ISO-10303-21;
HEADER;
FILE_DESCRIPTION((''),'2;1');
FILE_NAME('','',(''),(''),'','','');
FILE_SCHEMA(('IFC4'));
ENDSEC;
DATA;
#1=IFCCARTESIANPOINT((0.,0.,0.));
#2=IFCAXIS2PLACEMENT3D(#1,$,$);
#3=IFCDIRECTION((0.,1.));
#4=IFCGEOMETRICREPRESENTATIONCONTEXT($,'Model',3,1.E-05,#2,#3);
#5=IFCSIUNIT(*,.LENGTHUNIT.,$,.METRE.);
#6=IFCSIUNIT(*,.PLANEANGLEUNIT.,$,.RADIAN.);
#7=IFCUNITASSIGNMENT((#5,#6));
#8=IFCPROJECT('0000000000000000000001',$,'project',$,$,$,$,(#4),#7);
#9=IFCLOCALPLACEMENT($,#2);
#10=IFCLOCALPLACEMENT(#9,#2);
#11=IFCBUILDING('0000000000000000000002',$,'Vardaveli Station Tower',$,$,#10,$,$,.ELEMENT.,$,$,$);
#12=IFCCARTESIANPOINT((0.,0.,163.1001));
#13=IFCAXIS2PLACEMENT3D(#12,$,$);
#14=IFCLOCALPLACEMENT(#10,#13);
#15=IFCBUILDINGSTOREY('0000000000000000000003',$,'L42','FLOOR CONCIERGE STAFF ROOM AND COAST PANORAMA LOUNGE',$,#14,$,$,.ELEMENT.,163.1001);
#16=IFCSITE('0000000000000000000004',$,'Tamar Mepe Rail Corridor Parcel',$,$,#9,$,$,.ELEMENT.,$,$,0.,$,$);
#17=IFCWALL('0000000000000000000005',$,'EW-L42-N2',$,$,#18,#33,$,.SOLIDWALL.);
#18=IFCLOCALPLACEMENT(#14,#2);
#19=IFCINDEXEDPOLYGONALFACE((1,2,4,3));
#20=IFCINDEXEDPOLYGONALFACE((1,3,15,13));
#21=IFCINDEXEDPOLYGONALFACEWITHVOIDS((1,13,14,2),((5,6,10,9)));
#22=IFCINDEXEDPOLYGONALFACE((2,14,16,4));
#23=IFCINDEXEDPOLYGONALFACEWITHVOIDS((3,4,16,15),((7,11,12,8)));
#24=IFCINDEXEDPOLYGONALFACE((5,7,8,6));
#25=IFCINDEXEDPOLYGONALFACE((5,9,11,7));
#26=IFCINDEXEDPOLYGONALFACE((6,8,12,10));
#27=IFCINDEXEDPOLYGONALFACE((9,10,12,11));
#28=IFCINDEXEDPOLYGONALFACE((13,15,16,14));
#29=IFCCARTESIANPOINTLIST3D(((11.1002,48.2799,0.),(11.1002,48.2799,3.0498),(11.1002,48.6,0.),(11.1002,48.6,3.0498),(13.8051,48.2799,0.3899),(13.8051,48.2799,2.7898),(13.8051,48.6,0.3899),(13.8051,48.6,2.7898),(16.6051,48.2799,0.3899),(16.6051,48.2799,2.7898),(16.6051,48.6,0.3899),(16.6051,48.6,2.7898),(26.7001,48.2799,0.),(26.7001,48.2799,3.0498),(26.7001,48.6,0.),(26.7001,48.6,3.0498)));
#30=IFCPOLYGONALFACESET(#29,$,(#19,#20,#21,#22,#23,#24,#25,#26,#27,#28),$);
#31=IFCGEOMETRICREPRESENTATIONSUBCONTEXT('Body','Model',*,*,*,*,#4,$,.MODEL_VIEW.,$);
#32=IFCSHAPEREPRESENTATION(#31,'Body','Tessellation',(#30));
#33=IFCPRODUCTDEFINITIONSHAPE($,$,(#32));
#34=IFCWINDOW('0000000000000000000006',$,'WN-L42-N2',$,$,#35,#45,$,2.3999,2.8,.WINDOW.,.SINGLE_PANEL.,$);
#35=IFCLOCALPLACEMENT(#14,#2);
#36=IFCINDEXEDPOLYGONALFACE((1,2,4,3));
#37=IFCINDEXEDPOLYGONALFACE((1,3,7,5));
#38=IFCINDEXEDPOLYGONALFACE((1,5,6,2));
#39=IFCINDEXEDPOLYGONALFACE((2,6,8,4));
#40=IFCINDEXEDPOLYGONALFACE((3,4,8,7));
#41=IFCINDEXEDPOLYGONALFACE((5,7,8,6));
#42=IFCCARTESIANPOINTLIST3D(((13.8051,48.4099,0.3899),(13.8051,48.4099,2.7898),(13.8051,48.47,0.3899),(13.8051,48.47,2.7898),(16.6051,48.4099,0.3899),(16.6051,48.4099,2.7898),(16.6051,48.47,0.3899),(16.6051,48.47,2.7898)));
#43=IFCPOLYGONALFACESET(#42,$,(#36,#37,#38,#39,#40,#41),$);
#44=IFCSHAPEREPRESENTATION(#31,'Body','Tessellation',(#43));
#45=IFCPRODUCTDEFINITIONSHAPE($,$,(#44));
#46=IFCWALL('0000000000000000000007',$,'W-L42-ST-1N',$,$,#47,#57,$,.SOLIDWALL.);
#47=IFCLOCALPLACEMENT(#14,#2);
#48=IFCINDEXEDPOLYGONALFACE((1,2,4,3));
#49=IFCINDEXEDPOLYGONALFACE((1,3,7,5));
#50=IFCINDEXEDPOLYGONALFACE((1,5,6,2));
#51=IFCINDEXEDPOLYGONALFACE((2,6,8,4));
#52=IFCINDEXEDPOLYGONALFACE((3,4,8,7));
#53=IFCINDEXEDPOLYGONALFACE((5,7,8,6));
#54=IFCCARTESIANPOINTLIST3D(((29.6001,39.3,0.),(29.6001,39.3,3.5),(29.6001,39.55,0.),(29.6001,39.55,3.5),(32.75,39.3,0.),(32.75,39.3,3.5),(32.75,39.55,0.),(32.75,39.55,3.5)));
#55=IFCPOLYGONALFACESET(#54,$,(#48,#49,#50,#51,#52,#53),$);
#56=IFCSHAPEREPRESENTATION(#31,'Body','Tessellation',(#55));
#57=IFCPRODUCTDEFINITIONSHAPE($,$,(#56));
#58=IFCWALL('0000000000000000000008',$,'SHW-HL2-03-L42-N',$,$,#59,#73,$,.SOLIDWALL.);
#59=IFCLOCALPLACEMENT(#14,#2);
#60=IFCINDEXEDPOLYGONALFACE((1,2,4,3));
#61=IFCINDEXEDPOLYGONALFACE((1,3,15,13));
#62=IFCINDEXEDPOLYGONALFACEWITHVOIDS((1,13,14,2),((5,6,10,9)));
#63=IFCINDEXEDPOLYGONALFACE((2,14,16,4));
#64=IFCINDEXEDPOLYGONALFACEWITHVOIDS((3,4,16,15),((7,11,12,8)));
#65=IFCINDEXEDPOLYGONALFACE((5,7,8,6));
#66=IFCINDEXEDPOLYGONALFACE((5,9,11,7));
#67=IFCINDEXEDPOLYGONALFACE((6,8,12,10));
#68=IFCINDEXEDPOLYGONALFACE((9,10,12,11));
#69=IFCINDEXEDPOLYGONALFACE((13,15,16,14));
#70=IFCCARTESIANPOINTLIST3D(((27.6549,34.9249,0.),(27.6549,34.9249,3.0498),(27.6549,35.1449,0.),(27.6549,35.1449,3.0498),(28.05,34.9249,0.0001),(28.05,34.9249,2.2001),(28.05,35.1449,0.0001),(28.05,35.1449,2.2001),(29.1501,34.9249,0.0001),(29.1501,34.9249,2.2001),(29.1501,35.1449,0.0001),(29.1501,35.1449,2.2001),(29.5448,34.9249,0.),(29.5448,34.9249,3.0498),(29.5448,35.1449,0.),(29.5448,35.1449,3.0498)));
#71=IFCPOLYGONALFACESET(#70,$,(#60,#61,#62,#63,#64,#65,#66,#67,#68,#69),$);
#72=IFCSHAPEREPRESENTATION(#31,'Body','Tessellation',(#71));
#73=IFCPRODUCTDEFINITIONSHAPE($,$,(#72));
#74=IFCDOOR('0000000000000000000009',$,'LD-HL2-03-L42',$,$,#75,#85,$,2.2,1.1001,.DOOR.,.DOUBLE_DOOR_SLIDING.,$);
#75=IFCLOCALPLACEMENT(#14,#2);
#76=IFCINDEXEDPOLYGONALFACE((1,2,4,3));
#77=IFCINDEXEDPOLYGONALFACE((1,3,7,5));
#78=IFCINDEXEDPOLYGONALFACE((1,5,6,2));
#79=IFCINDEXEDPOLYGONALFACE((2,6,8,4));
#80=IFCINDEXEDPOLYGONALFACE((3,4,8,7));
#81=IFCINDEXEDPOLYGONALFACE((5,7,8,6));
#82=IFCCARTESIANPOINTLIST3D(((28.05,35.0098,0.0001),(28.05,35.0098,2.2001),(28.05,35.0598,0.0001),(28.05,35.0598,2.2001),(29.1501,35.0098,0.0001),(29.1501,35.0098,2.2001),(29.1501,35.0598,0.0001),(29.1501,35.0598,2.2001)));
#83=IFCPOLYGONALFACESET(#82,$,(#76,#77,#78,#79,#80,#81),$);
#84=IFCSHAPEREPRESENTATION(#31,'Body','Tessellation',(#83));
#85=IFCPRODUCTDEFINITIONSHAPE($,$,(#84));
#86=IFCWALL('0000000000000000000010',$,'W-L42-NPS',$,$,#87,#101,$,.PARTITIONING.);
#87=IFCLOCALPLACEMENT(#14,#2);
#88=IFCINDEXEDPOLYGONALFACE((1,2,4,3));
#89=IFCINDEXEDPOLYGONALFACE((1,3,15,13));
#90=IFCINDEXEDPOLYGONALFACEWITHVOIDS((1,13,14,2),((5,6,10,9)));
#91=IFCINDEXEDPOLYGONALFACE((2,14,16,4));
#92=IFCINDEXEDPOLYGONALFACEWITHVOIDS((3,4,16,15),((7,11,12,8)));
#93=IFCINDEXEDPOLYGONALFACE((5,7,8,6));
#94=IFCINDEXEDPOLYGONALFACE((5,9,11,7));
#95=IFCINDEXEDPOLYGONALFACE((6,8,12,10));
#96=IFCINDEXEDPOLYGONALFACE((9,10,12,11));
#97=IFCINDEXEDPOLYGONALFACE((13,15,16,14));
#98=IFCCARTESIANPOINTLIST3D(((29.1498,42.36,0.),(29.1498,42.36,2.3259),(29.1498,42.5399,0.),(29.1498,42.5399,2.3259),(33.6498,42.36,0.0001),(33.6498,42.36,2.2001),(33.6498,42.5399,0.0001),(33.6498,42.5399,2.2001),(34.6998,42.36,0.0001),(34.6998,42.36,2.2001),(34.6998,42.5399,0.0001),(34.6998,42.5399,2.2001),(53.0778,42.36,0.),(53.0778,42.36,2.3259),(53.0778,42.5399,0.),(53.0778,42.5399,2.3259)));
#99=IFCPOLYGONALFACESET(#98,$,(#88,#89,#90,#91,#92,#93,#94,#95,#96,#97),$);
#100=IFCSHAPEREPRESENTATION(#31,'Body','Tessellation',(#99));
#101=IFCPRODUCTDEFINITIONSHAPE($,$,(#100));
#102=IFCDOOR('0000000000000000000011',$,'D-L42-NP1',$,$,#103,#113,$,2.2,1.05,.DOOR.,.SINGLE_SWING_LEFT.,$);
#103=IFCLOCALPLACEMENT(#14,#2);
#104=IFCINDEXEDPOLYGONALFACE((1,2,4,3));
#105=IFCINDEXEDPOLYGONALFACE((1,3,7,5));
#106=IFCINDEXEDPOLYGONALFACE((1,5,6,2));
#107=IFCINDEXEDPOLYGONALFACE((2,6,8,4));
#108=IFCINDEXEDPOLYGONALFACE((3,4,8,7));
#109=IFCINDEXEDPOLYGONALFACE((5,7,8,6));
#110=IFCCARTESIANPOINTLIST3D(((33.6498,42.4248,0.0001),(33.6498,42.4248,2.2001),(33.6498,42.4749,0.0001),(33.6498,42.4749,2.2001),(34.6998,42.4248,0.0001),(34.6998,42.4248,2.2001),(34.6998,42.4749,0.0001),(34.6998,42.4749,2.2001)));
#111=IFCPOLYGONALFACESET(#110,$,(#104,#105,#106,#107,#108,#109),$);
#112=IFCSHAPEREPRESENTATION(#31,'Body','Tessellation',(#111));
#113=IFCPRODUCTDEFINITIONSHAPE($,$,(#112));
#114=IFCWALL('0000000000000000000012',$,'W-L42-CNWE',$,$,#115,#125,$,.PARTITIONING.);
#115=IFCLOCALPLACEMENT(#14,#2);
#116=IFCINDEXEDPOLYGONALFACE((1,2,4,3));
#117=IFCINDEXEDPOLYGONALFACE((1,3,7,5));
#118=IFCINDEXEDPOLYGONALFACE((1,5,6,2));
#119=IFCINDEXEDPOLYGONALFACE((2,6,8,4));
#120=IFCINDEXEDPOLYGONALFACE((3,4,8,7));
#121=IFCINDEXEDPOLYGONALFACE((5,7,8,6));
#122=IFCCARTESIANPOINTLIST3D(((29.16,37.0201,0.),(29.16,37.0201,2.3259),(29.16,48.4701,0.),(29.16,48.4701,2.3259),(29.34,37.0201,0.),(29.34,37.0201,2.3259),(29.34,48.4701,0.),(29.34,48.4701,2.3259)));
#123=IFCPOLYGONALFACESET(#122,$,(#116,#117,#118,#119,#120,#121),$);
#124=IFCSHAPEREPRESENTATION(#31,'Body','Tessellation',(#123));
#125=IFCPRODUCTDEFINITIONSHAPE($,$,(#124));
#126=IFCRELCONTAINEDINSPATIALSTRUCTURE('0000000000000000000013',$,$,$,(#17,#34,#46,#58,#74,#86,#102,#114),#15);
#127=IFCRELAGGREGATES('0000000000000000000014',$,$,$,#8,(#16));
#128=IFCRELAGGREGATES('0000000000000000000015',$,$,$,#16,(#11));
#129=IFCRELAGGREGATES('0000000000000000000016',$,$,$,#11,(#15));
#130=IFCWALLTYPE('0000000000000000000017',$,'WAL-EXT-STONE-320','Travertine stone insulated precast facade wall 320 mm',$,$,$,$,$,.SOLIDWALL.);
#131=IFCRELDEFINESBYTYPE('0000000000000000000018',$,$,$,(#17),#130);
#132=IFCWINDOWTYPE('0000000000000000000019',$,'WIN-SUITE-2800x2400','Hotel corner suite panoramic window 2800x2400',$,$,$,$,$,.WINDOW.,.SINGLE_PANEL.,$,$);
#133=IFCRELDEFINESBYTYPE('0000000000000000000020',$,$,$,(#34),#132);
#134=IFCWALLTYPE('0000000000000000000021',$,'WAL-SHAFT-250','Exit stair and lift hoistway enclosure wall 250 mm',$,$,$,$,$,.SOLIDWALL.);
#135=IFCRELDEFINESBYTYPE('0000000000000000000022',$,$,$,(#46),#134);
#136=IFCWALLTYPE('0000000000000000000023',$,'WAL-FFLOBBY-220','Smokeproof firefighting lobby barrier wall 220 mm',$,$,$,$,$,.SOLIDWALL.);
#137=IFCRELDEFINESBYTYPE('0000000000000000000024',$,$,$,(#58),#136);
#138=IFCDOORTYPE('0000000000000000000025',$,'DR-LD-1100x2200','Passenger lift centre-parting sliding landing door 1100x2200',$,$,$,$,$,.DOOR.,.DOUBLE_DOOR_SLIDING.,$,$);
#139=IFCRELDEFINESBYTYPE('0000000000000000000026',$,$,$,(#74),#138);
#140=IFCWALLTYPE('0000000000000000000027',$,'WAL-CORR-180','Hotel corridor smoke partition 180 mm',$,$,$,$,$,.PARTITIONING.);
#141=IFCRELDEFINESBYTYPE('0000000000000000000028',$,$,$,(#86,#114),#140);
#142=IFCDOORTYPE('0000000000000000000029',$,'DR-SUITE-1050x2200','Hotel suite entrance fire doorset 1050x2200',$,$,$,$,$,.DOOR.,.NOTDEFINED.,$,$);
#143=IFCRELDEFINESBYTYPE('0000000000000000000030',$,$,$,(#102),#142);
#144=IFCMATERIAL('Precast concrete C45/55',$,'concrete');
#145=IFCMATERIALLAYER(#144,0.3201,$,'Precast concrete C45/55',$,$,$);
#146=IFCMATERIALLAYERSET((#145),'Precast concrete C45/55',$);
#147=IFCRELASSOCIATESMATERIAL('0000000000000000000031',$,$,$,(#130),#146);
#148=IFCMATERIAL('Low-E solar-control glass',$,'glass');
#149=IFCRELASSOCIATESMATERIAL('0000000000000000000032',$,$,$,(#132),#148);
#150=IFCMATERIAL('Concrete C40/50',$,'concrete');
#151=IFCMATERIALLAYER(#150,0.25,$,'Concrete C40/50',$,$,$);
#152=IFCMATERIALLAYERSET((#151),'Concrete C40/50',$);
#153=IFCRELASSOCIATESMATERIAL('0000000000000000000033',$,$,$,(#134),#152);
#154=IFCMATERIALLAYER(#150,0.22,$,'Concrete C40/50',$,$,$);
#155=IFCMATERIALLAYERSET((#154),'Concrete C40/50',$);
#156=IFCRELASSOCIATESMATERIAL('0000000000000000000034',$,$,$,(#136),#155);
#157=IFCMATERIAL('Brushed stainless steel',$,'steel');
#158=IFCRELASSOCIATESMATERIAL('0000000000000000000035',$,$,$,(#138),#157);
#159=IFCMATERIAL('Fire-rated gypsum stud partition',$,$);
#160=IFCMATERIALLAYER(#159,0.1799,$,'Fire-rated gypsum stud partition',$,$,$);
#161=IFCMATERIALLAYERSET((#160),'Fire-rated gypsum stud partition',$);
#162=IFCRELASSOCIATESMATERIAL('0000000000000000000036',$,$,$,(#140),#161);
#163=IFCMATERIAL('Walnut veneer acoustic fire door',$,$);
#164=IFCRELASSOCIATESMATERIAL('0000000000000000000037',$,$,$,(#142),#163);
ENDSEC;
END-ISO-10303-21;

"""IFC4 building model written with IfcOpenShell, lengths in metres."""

from ifc_helpers import new_model, si_unit, direction, frame, frame_2d, origin, place, context, subcontext, project, spatial, rectangle, extrude, source, transform, mapped, material, layer, layer_set, type_object, element, fill, save


model = new_model("IFC4")

# Units and contexts
model_context = context("Model", 3, precision=1e-05, world=origin(), true_north=direction((0.0, 1.0)))
body_context = subcontext(model_context, "Body", "Model", "MODEL_VIEW")
ifc_project = project(units=[si_unit("LENGTHUNIT", "METRE"), si_unit("PLANEANGLEUNIT", "RADIAN")], contexts=[model_context])

# Site, building, storey
site_placement = place(None, origin())
site = spatial("IfcSite", under=ifc_project, at=site_placement, Name="Tamar Mepe Rail Corridor Parcel", CompositionType="ELEMENT", RefElevation=0.0)
building_placement = place(site_placement, origin())
building = spatial("IfcBuilding", under=site, at=building_placement, Name="Vardaveli Station Tower", CompositionType="ELEMENT")
storey_placement = place(building_placement, frame((0.0, 0.0, 163.1001)))
storey = spatial("IfcBuildingStorey", under=building, at=storey_placement, Name="L42", Description="FLOOR CONCIERGE STAFF ROOM AND COAST PANORAMA LOUNGE", CompositionType="ELEMENT", Elevation=163.1001)

# Shared definitions
ifc_material_1 = material(Name="Precast concrete C45/55", Category="concrete")

# Wall, opening, window
ifc_layer_1 = layer(ifc_material_1, 0.3201, Name="Precast concrete C45/55")
ifc_layer_set_1 = layer_set([ifc_layer_1], Name="Precast concrete C45/55")
wall_type_1 = type_object("IfcWallType", Name="WAL-EXT-STONE-320", Description="Travertine stone insulated precast facade wall 320 mm", PredefinedType="SOLIDWALL", material=ifc_layer_set_1)
shared_shape_1 = source(origin(), body_context, "Body", "SweptSolid", [
    extrude(rectangle(XDim=15.5999, YDim=0.3201, at=frame_2d((7.7998, 0.0))), origin(), (0.0, 0.0, 1.0), 3.0498),
])
wall_1_placement = place(storey_placement, frame((26.7, 48.4399, 0.0), z_axis=(0.0, 0.0, 1.0), x_axis=(-1.0, 0.0, 0.0)))
wall_1 = element("IfcWall", 1, at=wall_1_placement, inside=storey, type_object=wall_type_1, Name="EW-L42-N2", PredefinedType="SOLIDWALL", context=body_context, shape_type="MappedRepresentation", body=[
    mapped(shared_shape_1, transform((0.0, 0.0, 0.0), scale=1.0)),
])
shared_shape_2 = source(origin(), body_context, "Body", "SweptSolid", [
    extrude(rectangle(XDim=2.8, YDim=2.3999, at=frame_2d((1.3999, 1.2))), frame((0.0, 0.1699, 0.0), z_axis=(0.0, -1.0, 0.0), x_axis=(1.0, 0.0, 0.0)), (0.0, 0.0, 1.0), 0.3401),
])
opening_1_placement = place(wall_1_placement, frame((10.095, 0.0, 0.3899)))
opening_1 = element("IfcOpeningElement", 2, at=opening_1_placement, cuts=wall_1, PredefinedType="OPENING", context=body_context, shape_type="MappedRepresentation", body=[
    mapped(shared_shape_2, transform((0.0, 0.0, 0.0), scale=1.0)),
])
ifc_material_2 = material(Name="Low-E solar-control glass", Category="glass")
window_type = type_object("IfcWindowType", Name="WIN-SUITE-2800x2400", Description="Hotel corner suite panoramic window 2800x2400", PartitioningType="SINGLE_PANEL", PredefinedType="WINDOW", material=ifc_material_2)
shared_shape_3 = source(origin(), body_context, "Body", "SweptSolid", [
    extrude(rectangle(XDim=2.8, YDim=2.3999, at=frame_2d((1.3999, 1.2))), frame((0.0, 0.03, 0.0), z_axis=(0.0, -1.0, 0.0), x_axis=(1.0, 0.0, 0.0)), (0.0, 0.0, 1.0), 0.0601),
])
window_placement = place(opening_1_placement, origin())
window = element("IfcWindow", 3, at=window_placement, inside=storey, type_object=window_type, Name="WN-L42-N2", OverallHeight=2.3999, OverallWidth=2.8, PartitioningType="SINGLE_PANEL", PredefinedType="WINDOW", context=body_context, shape_type="MappedRepresentation", body=[
    mapped(shared_shape_3, transform((0.0, 0.0, 0.0), scale=1.0)),
])
fill(opening_1, window)

# Wall
ifc_material_3 = material(Name="Concrete C40/50", Category="concrete")
ifc_layer_2 = layer(ifc_material_3, 0.25, Name="Concrete C40/50")
ifc_layer_set_2 = layer_set([ifc_layer_2], Name="Concrete C40/50")
wall_type_2 = type_object("IfcWallType", Name="WAL-SHAFT-250", Description="Exit stair and lift hoistway enclosure wall 250 mm", PredefinedType="SOLIDWALL", material=ifc_layer_set_2)
shared_shape_4 = source(origin(), body_context, "Body", "SweptSolid", [
    extrude(rectangle(XDim=3.1499, YDim=0.25, at=frame_2d((1.575, 0.0))), origin(), (0.0, 0.0, 1.0), 3.5),
])
wall_2_placement = place(storey_placement, frame((29.6001, 39.425, 0.0), z_axis=(0.0, 0.0, 1.0), x_axis=(1.0, 0.0, 0.0)))
element("IfcWall", 4, at=wall_2_placement, inside=storey, type_object=wall_type_2, Name="W-L42-ST-1N", PredefinedType="SOLIDWALL", context=body_context, shape_type="MappedRepresentation", body=[
    mapped(shared_shape_4, transform((0.0, 0.0, 0.0), scale=1.0)),
])

# Walls, openings, doors
ifc_layer_3 = layer(ifc_material_3, 0.22, Name="Concrete C40/50")
ifc_layer_set_3 = layer_set([ifc_layer_3], Name="Concrete C40/50")
wall_type_3 = type_object("IfcWallType", Name="WAL-FFLOBBY-220", Description="Smokeproof firefighting lobby barrier wall 220 mm", PredefinedType="SOLIDWALL", material=ifc_layer_set_3)
shared_shape_5 = source(origin(), body_context, "Body", "SweptSolid", [
    extrude(rectangle(XDim=1.8899, YDim=0.22, at=frame_2d((0.9448, 0.0))), origin(), (0.0, 0.0, 1.0), 3.0498),
])
wall_3_placement = place(storey_placement, frame((27.655, 35.0349, 0.0), z_axis=(0.0, 0.0, 1.0), x_axis=(1.0, 0.0, 0.0)))
wall_3 = element("IfcWall", 5, at=wall_3_placement, inside=storey, type_object=wall_type_3, Name="SHW-HL2-03-L42-N", PredefinedType="SOLIDWALL", context=body_context, shape_type="MappedRepresentation", body=[
    mapped(shared_shape_5, transform((0.0, 0.0, 0.0), scale=1.0)),
])
shared_shape_6 = source(origin(), body_context, "Body", "SweptSolid", [
    extrude(rectangle(XDim=1.1001, YDim=2.2, at=frame_2d((0.55, 1.1001))), frame((0.0, 0.1201, 0.0), z_axis=(0.0, -1.0, 0.0), x_axis=(1.0, 0.0, 0.0)), (0.0, 0.0, 1.0), 0.24),
])
opening_2_placement = place(wall_3_placement, frame((0.395, 0.0, 0.0)))
opening_2 = element("IfcOpeningElement", 6, at=opening_2_placement, cuts=wall_3, PredefinedType="OPENING", context=body_context, shape_type="MappedRepresentation", body=[
    mapped(shared_shape_6, transform((0.0, 0.0, 0.0), scale=1.0)),
])
ifc_material_4 = material(Name="Brushed stainless steel", Category="steel")
door_type_1 = type_object("IfcDoorType", Name="DR-LD-1100x2200", Description="Passenger lift centre-parting sliding landing door 1100x2200", OperationType="DOUBLE_DOOR_SLIDING", PredefinedType="DOOR", material=ifc_material_4)
shared_shape_7 = source(origin(), body_context, "Body", "SweptSolid", [
    extrude(rectangle(XDim=1.1001, YDim=2.2, at=frame_2d((0.55, 1.1001))), frame((0.0, 0.0249, 0.0), z_axis=(0.0, -1.0, 0.0), x_axis=(1.0, 0.0, 0.0)), (0.0, 0.0, 1.0), 0.05),
])
door_1_placement = place(opening_2_placement, origin())
door_1 = element("IfcDoor", 7, at=door_1_placement, inside=storey, type_object=door_type_1, Name="LD-HL2-03-L42", OperationType="DOUBLE_DOOR_SLIDING", OverallHeight=2.2, OverallWidth=1.1001, PredefinedType="DOOR", context=body_context, shape_type="MappedRepresentation", body=[
    mapped(shared_shape_7, transform((0.0, 0.0, 0.0), scale=1.0)),
])
fill(opening_2, door_1)
ifc_material_5 = material(Name="Fire-rated gypsum stud partition")
ifc_layer_4 = layer(ifc_material_5, 0.1799, Name="Fire-rated gypsum stud partition")
ifc_layer_set_4 = layer_set([ifc_layer_4], Name="Fire-rated gypsum stud partition")
wall_type_4 = type_object("IfcWallType", Name="WAL-CORR-180", Description="Hotel corridor smoke partition 180 mm", PredefinedType="PARTITIONING", material=ifc_layer_set_4)
shared_shape_8 = source(origin(), body_context, "Body", "SweptSolid", [
    extrude(rectangle(XDim=23.928, YDim=0.1799, at=frame_2d((11.9639, 0.0))), origin(), (0.0, 0.0, 1.0), 2.3259),
])
wall_4_placement = place(storey_placement, frame((29.1499, 42.45, 0.0), z_axis=(0.0, 0.0, 1.0), x_axis=(1.0, 0.0, 0.0)))
wall_4 = element("IfcWall", 8, at=wall_4_placement, inside=storey, type_object=wall_type_4, Name="W-L42-NPS", PredefinedType="PARTITIONING", context=body_context, shape_type="MappedRepresentation", body=[
    mapped(shared_shape_8, transform((0.0, 0.0, 0.0), scale=1.0)),
])
shared_shape_9 = source(origin(), body_context, "Body", "SweptSolid", [
    extrude(rectangle(XDim=1.05, YDim=2.2, at=frame_2d((0.5249, 1.1001))), frame((0.0, 0.1001, 0.0), z_axis=(0.0, -1.0, 0.0), x_axis=(1.0, 0.0, 0.0)), (0.0, 0.0, 1.0), 0.2),
])
opening_3_placement = place(wall_4_placement, frame((4.5, 0.0, 0.0)))
opening_3 = element("IfcOpeningElement", 9, at=opening_3_placement, cuts=wall_4, PredefinedType="OPENING", context=body_context, shape_type="MappedRepresentation", body=[
    mapped(shared_shape_9, transform((0.0, 0.0, 0.0), scale=1.0)),
])
ifc_material_6 = material(Name="Walnut veneer acoustic fire door")
door_type_2 = type_object("IfcDoorType", Name="DR-SUITE-1050x2200", Description="Hotel suite entrance fire doorset 1050x2200", OperationType="NOTDEFINED", PredefinedType="DOOR", material=ifc_material_6)
shared_shape_10 = source(origin(), body_context, "Body", "SweptSolid", [
    extrude(rectangle(XDim=1.05, YDim=2.2, at=frame_2d((0.5249, 1.1001))), frame((0.0, 0.0249, 0.0), z_axis=(0.0, -1.0, 0.0), x_axis=(1.0, 0.0, 0.0)), (0.0, 0.0, 1.0), 0.05),
])
door_2_placement = place(opening_3_placement, origin())
door_2 = element("IfcDoor", 10, at=door_2_placement, inside=storey, type_object=door_type_2, Name="D-L42-NP1", OperationType="SINGLE_SWING_LEFT", OverallHeight=2.2, OverallWidth=1.05, PredefinedType="DOOR", context=body_context, shape_type="MappedRepresentation", body=[
    mapped(shared_shape_10, transform((0.0, 0.0, 0.0), scale=1.0)),
])
fill(opening_3, door_2)

# Wall
shared_shape_11 = source(origin(), body_context, "Body", "SweptSolid", [
    extrude(rectangle(XDim=11.45, YDim=0.1799, at=frame_2d((5.7251, 0.0))), origin(), (0.0, 0.0, 1.0), 2.3259),
])
wall_5_placement = place(storey_placement, frame((29.25, 37.02, 0.0), z_axis=(0.0, 0.0, 1.0), x_axis=(0.0, 1.0, 0.0)))
element("IfcWall", 11, at=wall_5_placement, inside=storey, type_object=wall_type_4, Name="W-L42-CNWE", PredefinedType="PARTITIONING", context=body_context, shape_type="MappedRepresentation", body=[
    mapped(shared_shape_11, transform((0.0, 0.0, 0.0), scale=1.0)),
])

save(model, "model.ifc")
